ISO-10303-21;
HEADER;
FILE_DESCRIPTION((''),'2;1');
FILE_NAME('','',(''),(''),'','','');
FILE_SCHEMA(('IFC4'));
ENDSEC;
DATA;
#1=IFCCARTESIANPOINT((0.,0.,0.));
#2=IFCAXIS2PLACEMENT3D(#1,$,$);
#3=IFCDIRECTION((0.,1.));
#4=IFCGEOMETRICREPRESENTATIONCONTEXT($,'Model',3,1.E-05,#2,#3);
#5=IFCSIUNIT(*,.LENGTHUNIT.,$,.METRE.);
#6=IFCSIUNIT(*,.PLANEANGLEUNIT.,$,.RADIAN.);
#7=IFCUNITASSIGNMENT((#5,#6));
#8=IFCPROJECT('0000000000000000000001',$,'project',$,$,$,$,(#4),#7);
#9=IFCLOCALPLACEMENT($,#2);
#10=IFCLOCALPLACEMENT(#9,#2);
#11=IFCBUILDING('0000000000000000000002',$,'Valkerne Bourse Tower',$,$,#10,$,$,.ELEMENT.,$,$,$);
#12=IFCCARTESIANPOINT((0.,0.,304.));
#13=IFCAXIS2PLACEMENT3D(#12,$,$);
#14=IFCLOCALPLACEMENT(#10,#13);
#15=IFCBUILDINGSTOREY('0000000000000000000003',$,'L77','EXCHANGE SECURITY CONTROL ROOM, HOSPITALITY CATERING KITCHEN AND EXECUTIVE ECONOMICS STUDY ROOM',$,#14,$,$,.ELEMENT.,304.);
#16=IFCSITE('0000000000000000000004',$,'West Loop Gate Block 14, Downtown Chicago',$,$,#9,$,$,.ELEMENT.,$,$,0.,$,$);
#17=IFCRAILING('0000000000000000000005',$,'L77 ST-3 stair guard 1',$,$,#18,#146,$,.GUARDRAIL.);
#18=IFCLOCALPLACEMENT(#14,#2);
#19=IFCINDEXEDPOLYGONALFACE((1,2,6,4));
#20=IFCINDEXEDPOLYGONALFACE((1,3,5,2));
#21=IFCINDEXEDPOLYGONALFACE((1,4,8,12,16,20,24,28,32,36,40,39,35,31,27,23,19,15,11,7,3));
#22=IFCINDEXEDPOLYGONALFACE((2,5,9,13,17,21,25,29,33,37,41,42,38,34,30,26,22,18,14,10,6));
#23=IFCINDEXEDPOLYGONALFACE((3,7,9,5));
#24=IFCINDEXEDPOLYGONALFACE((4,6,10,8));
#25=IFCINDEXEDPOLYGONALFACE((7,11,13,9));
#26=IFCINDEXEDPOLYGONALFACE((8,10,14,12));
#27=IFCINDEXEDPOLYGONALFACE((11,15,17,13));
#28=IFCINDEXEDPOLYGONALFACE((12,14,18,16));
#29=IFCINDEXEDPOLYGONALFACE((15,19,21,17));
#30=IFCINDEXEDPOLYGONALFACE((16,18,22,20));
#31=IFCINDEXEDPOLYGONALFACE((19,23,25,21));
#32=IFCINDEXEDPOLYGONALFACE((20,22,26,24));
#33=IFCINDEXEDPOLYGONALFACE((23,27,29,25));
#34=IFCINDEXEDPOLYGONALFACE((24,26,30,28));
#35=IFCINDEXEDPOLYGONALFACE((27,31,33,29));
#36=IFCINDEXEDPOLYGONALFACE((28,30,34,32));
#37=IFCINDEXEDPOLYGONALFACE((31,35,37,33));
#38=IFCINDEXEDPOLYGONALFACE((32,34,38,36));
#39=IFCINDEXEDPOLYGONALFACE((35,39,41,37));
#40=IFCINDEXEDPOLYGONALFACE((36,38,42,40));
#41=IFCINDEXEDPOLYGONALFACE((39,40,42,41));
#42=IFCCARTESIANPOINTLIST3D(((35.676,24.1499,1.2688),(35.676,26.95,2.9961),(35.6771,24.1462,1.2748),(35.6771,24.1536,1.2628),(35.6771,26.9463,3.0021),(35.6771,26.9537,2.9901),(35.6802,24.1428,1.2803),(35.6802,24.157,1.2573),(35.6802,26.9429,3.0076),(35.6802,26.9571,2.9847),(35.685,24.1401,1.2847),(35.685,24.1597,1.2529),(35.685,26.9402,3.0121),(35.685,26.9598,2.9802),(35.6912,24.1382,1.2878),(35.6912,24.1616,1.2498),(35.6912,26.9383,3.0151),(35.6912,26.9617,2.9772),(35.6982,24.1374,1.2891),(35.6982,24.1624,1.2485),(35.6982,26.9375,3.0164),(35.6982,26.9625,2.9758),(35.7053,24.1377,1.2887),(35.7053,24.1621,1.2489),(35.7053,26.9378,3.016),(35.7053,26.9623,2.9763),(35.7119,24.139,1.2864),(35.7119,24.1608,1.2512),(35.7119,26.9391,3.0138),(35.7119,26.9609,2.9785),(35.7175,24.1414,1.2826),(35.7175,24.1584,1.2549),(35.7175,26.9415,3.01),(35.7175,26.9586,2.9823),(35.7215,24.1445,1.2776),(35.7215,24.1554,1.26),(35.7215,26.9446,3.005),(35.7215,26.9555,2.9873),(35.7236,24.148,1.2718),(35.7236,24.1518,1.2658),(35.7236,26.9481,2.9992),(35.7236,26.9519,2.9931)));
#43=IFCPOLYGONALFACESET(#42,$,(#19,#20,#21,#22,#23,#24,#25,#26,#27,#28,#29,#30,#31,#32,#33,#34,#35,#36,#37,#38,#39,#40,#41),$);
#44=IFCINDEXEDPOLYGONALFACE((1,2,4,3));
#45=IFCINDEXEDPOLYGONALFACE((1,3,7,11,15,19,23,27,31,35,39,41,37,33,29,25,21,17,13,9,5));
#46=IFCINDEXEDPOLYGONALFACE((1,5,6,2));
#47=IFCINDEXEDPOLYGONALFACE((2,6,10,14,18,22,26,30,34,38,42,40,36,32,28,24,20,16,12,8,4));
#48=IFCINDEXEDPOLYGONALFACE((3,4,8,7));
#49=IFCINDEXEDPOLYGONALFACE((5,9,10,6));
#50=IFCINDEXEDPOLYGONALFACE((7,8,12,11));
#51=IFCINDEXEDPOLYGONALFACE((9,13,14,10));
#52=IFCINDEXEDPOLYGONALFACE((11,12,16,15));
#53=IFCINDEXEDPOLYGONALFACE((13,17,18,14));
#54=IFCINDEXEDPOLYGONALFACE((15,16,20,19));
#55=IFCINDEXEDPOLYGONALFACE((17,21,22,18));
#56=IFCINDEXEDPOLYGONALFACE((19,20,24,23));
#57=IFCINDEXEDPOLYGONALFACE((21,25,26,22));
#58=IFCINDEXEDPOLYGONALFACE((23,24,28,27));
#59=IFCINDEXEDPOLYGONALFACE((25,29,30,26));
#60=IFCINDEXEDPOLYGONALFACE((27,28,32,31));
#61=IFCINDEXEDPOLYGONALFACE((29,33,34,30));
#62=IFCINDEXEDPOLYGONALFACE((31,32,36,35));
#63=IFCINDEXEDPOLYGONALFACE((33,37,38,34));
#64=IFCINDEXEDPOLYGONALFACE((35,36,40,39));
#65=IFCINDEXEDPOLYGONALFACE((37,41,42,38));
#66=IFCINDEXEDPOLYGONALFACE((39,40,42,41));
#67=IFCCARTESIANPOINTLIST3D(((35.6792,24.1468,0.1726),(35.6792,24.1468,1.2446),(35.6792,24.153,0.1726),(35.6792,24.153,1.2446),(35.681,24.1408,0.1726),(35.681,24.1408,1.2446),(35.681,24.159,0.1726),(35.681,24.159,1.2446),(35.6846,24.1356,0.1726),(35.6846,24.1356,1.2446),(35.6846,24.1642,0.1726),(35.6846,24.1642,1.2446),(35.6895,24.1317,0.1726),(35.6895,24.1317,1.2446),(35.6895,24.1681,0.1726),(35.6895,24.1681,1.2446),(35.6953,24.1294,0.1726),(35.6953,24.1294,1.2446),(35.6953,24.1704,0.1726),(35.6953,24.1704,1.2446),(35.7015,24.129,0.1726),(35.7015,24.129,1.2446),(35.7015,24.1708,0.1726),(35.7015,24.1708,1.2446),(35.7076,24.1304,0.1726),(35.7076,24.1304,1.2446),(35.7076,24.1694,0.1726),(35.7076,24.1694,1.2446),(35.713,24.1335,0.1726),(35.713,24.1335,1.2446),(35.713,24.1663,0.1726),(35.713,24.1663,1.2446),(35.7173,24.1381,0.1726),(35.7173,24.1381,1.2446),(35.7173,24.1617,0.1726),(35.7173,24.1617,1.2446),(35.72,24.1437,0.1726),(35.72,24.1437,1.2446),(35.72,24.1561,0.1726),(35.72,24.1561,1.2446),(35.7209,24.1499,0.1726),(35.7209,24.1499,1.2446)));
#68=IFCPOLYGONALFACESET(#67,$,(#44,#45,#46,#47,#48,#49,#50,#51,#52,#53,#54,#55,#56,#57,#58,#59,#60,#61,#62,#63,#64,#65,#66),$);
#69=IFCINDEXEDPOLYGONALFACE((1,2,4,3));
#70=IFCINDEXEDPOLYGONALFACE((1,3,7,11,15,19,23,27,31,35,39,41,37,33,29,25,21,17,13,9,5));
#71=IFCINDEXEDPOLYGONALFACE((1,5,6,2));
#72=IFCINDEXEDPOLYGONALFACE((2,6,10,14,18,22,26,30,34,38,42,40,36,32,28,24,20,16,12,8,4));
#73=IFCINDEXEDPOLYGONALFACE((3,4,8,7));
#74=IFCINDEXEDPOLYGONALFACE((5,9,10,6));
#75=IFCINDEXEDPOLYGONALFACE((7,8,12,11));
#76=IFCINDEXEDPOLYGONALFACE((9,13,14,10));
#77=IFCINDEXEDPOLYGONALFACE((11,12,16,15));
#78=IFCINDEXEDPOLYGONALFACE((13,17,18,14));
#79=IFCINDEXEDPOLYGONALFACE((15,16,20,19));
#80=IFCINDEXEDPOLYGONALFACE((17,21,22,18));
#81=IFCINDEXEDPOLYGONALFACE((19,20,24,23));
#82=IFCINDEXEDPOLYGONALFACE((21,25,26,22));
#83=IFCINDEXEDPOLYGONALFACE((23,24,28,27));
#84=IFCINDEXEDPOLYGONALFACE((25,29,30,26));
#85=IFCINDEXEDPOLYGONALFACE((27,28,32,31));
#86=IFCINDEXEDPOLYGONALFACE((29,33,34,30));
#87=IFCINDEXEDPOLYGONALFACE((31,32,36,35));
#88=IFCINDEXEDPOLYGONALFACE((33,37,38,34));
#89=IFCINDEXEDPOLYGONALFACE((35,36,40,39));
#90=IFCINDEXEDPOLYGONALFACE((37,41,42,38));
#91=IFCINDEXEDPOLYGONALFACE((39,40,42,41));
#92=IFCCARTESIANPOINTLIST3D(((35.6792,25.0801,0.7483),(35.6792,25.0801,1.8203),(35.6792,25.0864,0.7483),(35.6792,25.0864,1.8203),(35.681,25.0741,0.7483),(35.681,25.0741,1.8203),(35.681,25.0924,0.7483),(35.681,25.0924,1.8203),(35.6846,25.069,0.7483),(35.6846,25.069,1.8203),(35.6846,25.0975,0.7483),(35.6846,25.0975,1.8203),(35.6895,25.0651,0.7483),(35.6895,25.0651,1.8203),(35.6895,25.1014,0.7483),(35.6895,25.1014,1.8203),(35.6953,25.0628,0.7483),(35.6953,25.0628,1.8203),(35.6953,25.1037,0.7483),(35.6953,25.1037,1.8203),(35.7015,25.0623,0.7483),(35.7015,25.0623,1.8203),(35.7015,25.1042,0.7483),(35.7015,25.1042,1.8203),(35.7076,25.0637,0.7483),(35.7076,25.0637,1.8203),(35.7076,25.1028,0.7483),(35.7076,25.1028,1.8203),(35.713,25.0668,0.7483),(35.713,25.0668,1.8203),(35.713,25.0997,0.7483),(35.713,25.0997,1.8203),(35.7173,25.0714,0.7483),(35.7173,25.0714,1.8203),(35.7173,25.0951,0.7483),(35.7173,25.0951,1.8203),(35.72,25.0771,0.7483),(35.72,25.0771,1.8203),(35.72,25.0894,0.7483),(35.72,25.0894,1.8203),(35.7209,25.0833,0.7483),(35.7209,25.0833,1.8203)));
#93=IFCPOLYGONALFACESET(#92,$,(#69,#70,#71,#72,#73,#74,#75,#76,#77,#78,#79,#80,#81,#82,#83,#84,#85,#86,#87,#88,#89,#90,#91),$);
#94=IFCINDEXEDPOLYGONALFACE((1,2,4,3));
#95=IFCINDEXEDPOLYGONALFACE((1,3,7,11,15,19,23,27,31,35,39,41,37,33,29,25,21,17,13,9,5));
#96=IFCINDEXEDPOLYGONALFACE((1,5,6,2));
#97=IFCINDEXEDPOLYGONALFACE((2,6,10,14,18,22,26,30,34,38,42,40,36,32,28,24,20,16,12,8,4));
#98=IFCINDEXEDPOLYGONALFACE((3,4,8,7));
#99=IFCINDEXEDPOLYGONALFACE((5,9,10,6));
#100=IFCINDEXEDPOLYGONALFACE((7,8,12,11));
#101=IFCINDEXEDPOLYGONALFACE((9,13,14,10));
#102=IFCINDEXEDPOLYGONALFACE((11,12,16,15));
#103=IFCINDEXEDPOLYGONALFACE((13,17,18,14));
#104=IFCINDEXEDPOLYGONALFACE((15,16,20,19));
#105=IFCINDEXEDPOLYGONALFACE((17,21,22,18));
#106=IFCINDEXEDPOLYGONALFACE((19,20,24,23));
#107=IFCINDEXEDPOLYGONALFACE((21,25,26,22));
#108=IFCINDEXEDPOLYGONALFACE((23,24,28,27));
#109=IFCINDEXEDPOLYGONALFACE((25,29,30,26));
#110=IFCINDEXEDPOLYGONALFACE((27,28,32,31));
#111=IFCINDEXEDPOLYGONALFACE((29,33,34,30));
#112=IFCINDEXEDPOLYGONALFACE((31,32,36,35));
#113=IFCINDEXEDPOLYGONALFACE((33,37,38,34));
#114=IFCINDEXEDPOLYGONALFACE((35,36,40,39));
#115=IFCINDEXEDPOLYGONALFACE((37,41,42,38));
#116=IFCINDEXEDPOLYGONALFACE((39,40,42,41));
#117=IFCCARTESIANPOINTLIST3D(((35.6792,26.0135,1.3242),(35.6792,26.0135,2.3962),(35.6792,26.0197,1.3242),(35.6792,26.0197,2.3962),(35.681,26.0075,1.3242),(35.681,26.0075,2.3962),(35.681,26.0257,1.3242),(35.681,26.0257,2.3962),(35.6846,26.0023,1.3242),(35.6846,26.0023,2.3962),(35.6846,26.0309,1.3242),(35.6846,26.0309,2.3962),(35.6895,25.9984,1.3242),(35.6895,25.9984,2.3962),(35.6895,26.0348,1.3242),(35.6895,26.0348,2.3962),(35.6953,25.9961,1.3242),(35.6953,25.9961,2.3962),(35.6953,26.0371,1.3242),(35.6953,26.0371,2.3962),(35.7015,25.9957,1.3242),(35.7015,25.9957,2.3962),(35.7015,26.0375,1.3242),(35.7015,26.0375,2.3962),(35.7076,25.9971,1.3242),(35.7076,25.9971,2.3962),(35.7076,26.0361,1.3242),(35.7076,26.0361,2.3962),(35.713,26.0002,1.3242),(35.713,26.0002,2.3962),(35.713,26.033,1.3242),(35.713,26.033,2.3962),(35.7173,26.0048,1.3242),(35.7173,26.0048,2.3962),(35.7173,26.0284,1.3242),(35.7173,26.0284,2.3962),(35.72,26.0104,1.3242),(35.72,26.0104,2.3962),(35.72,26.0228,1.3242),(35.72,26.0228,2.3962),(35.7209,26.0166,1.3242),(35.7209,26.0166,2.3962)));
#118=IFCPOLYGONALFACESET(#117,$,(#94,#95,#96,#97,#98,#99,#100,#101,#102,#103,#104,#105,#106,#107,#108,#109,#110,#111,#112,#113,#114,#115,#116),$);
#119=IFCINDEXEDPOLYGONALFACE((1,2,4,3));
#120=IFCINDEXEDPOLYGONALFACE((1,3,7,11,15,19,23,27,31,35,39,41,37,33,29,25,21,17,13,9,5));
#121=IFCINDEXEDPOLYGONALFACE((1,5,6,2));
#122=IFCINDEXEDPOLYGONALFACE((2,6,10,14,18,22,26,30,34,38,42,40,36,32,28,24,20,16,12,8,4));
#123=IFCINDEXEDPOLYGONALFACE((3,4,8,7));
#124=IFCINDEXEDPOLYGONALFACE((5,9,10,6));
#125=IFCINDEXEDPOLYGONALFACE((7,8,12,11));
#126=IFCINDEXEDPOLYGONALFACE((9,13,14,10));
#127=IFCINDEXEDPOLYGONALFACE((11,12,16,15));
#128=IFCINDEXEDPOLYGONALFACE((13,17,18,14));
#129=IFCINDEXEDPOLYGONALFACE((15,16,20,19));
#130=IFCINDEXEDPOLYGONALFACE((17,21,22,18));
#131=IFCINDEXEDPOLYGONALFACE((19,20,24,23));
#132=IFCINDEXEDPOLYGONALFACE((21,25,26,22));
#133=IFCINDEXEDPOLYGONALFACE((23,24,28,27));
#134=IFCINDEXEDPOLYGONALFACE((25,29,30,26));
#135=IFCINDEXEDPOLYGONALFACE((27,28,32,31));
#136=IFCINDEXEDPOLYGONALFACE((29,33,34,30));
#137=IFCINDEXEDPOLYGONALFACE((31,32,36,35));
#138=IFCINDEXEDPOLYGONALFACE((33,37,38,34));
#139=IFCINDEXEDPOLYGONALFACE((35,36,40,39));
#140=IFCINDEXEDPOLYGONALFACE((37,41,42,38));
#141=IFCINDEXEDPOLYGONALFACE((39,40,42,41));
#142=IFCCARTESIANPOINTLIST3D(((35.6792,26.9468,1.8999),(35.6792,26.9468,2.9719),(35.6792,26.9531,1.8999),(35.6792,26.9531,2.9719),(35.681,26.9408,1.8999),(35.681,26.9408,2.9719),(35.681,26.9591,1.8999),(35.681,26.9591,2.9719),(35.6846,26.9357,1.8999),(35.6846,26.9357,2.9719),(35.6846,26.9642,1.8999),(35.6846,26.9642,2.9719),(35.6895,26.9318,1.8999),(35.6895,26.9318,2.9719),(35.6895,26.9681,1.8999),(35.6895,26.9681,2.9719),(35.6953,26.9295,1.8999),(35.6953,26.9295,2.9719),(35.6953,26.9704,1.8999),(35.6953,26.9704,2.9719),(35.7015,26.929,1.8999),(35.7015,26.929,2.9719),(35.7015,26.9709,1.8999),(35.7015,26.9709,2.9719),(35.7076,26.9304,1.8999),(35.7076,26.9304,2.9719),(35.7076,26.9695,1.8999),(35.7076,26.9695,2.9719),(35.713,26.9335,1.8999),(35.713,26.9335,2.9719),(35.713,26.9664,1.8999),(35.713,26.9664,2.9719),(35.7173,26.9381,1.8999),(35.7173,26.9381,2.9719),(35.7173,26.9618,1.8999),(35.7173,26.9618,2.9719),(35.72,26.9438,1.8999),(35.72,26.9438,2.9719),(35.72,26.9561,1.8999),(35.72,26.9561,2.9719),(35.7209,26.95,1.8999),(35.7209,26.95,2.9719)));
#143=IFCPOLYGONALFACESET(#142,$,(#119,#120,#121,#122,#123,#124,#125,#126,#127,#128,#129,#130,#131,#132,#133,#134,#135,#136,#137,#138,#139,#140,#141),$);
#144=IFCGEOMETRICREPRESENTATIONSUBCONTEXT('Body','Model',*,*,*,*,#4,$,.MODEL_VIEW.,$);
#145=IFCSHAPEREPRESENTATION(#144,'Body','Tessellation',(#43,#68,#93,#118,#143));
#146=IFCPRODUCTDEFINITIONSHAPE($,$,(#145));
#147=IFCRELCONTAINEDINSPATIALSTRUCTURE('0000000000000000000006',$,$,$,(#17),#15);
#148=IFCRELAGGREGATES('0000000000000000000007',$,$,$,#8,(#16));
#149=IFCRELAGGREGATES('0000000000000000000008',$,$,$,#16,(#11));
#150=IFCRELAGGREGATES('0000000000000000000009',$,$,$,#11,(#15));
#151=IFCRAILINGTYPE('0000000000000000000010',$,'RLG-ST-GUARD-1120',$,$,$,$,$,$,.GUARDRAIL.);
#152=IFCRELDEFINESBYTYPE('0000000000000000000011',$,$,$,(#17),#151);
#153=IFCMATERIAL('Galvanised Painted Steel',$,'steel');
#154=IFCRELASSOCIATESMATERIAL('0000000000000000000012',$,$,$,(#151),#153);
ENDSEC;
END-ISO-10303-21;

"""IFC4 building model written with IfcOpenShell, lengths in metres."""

from ifc_helpers import new_model, si_unit, direction, frame, origin, origin_2d, place, context, subcontext, project, spatial, circle, extrude, material, type_object, element, save


model = new_model("IFC4")

# Units and contexts
model_context = context("Model", 3, precision=1e-05, world=origin(), true_north=direction((0.0, 1.0)))
body_context = subcontext(model_context, "Body", "Model", "MODEL_VIEW")
ifc_project = project(units=[si_unit("LENGTHUNIT", "METRE"), si_unit("PLANEANGLEUNIT", "RADIAN")], contexts=[model_context])

# Site, building, storey
site_placement = place(None, origin())
site = spatial("IfcSite", under=ifc_project, at=site_placement, Name="West Loop Gate Block 14, Downtown Chicago", CompositionType="ELEMENT", RefElevation=0.0)
building_placement = place(site_placement, origin())
building = spatial("IfcBuilding", under=site, at=building_placement, Name="Valkerne Bourse Tower", CompositionType="ELEMENT")
storey_placement = place(building_placement, frame((0.0, 0.0, 304.0)))
storey = spatial("IfcBuildingStorey", under=building, at=storey_placement, Name="L77", Description="EXCHANGE SECURITY CONTROL ROOM, HOSPITALITY CATERING KITCHEN AND EXECUTIVE ECONOMICS STUDY ROOM", CompositionType="ELEMENT", Elevation=304.0)

# Railing
ifc_material_1 = material(Name="Galvanised Painted Steel", Category="steel")
railing_type_1 = type_object("IfcRailingType", Name="RLG-ST-GUARD-1120", PredefinedType="GUARDRAIL", material=ifc_material_1)
railing_1_placement = place(storey_placement, frame((35.7, 24.1499, 0.1726)))
element("IfcRailing", 1, at=railing_1_placement, inside=storey, type_object=railing_type_1, Name="L77 ST-3 stair guard 1", PredefinedType="GUARDRAIL", context=body_context, shape_type="SweptSolid", body=[
    extrude(circle(Radius=0.0239, at=origin_2d()), frame((0.0, 0.0, 1.0962), z_axis=(0.0, 0.85109, 0.52502), x_axis=(-1.0, 0.0, 0.0)), (0.0, 0.0, 1.0), 3.29),
    extrude(circle(Radius=0.021, at=origin_2d()), origin(), (0.0, 0.0, 1.0), 1.072),
    extrude(circle(Radius=0.021, at=origin_2d()), frame((0.0, 0.9333, 0.5757)), (0.0, 0.0, 1.0), 1.072),
    extrude(circle(Radius=0.021, at=origin_2d()), frame((0.0, 1.8667, 1.1516)), (0.0, 0.0, 1.0), 1.072),
    extrude(circle(Radius=0.021, at=origin_2d()), frame((0.0, 2.8, 1.7273)), (0.0, 0.0, 1.0), 1.072),
])

save(model, "model.ifc")
